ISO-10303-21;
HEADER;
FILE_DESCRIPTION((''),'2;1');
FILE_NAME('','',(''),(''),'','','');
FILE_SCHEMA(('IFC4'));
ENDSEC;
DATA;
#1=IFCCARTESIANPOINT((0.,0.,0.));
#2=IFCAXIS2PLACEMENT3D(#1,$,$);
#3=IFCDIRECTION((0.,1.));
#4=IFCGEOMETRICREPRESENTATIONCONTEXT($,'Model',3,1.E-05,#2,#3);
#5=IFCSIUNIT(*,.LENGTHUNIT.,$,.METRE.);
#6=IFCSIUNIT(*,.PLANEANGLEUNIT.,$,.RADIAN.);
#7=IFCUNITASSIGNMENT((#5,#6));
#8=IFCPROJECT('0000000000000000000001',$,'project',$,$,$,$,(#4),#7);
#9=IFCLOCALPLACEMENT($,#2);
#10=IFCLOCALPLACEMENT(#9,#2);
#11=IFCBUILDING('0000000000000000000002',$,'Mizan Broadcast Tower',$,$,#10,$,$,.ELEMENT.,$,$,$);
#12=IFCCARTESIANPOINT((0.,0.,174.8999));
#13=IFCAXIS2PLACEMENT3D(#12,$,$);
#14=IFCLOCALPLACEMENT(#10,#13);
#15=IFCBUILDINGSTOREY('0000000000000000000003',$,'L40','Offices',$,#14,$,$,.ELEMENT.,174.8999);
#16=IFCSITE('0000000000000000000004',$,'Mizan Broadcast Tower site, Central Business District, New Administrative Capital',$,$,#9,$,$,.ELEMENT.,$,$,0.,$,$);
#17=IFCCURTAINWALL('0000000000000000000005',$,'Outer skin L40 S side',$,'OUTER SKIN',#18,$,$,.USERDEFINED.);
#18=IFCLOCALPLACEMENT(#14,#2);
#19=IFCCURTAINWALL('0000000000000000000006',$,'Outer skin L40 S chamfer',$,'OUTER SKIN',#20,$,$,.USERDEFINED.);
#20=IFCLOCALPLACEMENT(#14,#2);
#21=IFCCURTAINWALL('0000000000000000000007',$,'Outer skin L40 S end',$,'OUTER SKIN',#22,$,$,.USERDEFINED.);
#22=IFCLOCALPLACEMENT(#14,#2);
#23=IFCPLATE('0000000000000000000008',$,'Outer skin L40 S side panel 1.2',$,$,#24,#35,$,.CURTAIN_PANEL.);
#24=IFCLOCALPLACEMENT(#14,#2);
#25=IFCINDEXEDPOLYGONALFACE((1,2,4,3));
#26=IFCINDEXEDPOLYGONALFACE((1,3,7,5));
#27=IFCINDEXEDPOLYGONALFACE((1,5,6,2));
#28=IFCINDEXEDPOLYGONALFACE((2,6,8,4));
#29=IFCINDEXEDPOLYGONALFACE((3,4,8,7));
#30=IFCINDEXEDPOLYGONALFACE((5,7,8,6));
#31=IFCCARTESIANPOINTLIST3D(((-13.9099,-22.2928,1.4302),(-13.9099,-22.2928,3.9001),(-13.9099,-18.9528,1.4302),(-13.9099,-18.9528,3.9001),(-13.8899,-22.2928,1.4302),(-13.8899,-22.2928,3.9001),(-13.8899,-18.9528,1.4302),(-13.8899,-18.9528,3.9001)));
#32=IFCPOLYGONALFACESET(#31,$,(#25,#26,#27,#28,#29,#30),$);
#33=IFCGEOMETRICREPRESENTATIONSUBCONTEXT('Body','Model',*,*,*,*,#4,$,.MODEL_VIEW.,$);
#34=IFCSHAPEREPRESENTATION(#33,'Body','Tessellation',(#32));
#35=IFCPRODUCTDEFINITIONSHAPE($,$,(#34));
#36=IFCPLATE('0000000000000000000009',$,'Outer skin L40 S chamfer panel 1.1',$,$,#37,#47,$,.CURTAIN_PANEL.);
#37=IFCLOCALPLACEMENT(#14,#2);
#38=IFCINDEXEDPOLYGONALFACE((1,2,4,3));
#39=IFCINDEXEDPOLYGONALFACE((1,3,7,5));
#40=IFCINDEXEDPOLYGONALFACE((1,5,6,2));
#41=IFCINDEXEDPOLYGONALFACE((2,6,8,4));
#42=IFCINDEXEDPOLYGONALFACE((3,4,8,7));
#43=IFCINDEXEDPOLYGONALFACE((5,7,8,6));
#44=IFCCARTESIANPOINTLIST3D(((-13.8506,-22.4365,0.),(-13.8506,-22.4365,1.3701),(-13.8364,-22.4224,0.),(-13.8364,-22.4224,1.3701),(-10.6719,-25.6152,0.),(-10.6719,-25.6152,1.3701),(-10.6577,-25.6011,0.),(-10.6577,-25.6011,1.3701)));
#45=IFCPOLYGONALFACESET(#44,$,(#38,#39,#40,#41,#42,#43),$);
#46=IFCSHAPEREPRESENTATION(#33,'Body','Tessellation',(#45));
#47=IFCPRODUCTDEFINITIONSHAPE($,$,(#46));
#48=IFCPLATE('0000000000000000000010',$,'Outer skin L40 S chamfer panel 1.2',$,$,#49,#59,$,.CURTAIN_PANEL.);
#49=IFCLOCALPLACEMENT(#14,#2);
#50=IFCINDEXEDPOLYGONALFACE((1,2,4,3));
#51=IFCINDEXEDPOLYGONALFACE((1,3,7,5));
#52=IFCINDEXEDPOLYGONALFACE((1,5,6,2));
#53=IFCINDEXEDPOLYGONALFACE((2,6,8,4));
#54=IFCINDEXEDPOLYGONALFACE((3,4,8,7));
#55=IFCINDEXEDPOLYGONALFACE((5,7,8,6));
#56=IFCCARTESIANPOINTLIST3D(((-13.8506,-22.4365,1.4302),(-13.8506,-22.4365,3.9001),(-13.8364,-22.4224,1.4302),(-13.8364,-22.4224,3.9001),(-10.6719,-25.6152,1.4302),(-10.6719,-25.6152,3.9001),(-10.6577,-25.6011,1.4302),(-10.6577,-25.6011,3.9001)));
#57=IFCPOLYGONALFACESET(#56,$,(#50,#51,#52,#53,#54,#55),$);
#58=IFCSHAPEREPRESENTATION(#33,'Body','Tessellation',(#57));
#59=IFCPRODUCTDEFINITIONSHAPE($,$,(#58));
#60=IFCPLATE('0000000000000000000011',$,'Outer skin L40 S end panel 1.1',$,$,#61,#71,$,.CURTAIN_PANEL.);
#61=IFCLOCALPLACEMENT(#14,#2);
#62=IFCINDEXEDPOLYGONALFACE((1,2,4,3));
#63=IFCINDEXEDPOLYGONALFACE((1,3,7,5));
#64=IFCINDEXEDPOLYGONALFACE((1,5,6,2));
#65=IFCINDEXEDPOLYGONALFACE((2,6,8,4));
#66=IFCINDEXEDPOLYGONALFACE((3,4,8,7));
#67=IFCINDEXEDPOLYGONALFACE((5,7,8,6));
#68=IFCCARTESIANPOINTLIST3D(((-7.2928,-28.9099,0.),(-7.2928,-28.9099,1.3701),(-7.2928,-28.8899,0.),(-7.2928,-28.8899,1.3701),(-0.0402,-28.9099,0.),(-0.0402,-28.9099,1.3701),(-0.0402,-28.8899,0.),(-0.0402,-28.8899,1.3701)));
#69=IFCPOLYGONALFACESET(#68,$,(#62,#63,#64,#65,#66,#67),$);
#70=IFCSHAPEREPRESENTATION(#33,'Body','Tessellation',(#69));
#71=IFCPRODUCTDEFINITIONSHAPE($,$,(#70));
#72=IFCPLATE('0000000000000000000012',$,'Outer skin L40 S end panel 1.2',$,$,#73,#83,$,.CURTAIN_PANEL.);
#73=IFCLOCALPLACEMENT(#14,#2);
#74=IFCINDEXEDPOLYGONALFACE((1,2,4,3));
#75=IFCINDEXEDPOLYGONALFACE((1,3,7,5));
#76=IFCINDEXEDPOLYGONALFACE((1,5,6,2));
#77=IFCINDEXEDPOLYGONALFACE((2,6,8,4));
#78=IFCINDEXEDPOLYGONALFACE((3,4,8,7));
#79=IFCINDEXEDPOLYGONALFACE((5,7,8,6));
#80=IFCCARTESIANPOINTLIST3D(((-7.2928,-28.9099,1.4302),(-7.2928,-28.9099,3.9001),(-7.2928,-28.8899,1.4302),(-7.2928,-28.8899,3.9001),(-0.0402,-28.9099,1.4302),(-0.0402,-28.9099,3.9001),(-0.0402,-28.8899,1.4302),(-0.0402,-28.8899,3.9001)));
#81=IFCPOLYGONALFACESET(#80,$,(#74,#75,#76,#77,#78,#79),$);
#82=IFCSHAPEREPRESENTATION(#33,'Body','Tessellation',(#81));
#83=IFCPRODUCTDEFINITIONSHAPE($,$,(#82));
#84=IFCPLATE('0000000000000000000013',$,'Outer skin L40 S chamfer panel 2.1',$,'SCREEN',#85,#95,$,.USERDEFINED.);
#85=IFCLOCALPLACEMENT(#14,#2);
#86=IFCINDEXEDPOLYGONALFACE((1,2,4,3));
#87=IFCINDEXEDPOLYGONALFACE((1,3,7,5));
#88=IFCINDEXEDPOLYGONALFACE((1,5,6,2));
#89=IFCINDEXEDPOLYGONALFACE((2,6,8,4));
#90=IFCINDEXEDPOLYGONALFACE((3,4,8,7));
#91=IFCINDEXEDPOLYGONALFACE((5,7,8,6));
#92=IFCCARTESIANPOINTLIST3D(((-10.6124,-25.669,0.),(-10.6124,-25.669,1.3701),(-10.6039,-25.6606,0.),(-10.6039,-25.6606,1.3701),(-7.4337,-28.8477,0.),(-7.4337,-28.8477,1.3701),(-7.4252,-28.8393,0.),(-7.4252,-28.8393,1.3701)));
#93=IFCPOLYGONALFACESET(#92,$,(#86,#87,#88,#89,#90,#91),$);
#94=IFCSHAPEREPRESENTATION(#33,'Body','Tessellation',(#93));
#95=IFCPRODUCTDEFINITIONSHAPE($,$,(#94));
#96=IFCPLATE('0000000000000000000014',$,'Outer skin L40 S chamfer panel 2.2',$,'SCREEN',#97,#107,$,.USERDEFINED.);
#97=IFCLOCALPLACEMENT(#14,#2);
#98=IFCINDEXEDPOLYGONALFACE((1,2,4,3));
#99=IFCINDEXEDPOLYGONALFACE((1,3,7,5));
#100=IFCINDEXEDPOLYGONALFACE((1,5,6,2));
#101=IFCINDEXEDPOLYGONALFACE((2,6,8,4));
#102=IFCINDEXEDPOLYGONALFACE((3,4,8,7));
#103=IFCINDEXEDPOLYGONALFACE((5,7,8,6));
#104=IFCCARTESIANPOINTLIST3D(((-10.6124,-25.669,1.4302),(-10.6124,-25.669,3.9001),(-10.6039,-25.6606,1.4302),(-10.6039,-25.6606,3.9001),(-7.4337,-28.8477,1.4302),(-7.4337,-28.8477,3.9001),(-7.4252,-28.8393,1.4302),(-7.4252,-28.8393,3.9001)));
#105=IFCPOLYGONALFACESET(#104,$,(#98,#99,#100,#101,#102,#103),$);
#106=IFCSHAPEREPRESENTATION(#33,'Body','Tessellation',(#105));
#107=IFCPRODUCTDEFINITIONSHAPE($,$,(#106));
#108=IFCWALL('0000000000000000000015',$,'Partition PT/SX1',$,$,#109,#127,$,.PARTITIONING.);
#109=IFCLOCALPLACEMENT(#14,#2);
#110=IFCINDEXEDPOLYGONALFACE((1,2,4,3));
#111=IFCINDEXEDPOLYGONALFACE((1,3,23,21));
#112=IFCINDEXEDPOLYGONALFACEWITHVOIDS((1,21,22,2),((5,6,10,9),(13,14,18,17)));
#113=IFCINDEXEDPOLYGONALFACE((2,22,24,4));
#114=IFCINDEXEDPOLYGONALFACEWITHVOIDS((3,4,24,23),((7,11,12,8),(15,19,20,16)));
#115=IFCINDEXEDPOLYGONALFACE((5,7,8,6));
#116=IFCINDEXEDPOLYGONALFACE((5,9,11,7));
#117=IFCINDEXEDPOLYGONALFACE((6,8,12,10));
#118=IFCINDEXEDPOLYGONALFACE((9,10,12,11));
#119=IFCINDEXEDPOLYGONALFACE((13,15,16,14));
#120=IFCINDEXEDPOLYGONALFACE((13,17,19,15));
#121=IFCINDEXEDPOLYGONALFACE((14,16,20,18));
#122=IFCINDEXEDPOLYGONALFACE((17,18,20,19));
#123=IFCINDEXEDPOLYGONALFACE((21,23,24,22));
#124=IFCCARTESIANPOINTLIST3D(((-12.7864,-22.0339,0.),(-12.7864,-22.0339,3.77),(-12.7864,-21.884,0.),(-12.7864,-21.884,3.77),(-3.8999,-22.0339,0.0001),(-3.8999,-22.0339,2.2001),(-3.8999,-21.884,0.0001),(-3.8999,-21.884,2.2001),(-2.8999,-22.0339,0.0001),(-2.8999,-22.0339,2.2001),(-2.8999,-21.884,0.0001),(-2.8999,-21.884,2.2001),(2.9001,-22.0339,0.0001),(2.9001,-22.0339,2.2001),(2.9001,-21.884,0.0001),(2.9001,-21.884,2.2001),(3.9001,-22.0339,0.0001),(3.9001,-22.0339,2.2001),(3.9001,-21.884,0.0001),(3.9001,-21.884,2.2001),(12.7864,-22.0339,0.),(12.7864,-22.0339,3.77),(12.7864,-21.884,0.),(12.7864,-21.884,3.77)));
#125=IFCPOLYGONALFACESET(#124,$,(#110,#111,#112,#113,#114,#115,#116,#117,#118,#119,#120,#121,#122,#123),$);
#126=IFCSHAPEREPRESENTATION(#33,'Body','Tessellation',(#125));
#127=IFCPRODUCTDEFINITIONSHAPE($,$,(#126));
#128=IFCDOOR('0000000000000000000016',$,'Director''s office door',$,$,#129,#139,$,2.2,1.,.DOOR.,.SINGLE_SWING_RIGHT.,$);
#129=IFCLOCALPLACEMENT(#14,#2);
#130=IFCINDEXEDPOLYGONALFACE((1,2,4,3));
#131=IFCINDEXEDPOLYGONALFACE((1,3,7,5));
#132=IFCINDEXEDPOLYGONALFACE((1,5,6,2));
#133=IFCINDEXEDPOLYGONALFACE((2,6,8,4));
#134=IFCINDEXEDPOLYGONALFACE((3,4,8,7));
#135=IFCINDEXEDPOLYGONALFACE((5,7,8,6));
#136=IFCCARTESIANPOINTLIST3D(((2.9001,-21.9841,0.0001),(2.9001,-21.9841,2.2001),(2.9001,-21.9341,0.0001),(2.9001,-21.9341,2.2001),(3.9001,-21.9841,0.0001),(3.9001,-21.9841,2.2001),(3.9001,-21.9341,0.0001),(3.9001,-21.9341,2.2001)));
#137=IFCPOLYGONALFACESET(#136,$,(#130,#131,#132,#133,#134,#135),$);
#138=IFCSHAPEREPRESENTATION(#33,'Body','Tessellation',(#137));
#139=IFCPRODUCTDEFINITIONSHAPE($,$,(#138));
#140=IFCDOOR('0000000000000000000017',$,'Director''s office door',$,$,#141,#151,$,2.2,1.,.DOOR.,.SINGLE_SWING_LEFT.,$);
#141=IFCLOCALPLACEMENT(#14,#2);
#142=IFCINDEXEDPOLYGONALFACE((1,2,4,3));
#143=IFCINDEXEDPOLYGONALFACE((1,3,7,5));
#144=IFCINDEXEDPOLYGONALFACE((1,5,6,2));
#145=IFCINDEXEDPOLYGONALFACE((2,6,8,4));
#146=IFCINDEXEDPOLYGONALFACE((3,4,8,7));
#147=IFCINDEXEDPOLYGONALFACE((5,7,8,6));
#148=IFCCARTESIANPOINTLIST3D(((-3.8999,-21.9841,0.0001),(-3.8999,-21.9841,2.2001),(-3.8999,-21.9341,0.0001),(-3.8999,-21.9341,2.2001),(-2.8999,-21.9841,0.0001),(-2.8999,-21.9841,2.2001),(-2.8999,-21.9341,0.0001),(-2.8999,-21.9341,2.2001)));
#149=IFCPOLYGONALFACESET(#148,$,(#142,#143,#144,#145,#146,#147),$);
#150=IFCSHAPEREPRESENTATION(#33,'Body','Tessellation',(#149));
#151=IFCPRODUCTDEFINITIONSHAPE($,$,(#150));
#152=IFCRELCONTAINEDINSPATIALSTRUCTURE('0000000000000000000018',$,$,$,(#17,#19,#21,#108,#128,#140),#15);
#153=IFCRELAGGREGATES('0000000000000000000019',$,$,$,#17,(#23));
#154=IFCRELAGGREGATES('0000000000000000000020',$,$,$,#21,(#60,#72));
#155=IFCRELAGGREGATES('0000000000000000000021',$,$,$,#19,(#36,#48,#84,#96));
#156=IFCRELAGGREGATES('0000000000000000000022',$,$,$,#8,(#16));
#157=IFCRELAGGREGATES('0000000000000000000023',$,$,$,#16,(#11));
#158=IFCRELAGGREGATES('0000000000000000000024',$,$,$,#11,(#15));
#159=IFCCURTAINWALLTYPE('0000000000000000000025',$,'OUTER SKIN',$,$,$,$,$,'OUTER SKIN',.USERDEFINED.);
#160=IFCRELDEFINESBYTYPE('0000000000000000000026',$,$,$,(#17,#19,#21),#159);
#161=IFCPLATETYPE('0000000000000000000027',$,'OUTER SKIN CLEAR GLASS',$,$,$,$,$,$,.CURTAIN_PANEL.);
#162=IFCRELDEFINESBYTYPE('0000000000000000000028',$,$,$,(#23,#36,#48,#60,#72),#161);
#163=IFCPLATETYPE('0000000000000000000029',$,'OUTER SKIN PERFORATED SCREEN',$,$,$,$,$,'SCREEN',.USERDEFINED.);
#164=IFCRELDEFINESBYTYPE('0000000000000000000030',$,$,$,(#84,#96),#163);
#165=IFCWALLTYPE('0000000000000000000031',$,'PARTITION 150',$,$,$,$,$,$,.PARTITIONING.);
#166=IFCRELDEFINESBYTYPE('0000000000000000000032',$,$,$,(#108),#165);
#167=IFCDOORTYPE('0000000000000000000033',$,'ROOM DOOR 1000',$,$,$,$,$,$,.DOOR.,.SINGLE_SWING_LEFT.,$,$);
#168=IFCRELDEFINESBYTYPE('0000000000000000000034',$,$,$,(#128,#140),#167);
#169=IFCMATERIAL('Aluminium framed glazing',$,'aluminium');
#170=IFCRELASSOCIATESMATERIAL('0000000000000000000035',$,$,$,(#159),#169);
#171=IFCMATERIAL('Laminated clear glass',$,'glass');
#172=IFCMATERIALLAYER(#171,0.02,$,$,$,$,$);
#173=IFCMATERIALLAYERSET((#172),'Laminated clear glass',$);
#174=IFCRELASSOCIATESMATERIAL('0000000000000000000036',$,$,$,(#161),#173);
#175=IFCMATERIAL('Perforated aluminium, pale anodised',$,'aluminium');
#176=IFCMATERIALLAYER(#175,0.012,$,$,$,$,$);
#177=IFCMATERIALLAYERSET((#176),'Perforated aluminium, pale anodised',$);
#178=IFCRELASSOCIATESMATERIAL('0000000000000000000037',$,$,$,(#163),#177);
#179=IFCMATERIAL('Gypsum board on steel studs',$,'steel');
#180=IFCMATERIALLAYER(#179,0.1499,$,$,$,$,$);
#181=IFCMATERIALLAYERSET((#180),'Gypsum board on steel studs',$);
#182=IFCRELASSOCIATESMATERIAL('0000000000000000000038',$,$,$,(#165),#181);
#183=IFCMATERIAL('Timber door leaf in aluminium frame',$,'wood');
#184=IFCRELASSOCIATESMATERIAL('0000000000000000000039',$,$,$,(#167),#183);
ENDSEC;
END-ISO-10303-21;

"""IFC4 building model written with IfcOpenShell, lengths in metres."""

from ifc_helpers import new_model, si_unit, direction, frame, frame_2d, origin, origin_2d, place, context, subcontext, project, spatial, rectangle, extrude, material, layer, layer_set, type_object, element, fill, aggregate, save


model = new_model("IFC4")

# Units and contexts
model_context = context("Model", 3, precision=1e-05, world=origin(), true_north=direction((0.0, 1.0)))
body_context = subcontext(model_context, "Body", "Model", "MODEL_VIEW")
ifc_project = project(units=[si_unit("LENGTHUNIT", "METRE"), si_unit("PLANEANGLEUNIT", "RADIAN")], contexts=[model_context])

# Site, building, storey
site_placement = place(None, origin())
site = spatial("IfcSite", under=ifc_project, at=site_placement, Name="Mizan Broadcast Tower site, Central Business District, New Administrative Capital", CompositionType="ELEMENT", RefElevation=0.0)
building_placement = place(site_placement, origin())
building = spatial("IfcBuilding", under=site, at=building_placement, Name="Mizan Broadcast Tower", CompositionType="ELEMENT")
storey_placement = place(building_placement, frame((0.0, 0.0, 174.8999)))
storey = spatial("IfcBuildingStorey", under=building, at=storey_placement, Name="L40", Description="Offices", CompositionType="ELEMENT", Elevation=174.8999)

# Curtain wall
ifc_material_1 = material(Name="Aluminium framed glazing", Category="aluminium")
curtain_wall_type_1 = type_object("IfcCurtainWallType", Name="OUTER SKIN", ElementType="OUTER SKIN", PredefinedType="USERDEFINED", material=ifc_material_1)
curtain_wall_1_placement = place(storey_placement, origin())
curtain_wall_1 = element("IfcCurtainWall", 1, at=curtain_wall_1_placement, inside=storey, type_object=curtain_wall_type_1, Name="Outer skin L40 S side", ObjectType="OUTER SKIN", PredefinedType="USERDEFINED")

# Curtain wall
curtain_wall_2_placement = place(storey_placement, origin())
curtain_wall_2 = element("IfcCurtainWall", 2, at=curtain_wall_2_placement, inside=storey, type_object=curtain_wall_type_1, Name="Outer skin L40 S chamfer", ObjectType="OUTER SKIN", PredefinedType="USERDEFINED")

# Curtain wall
curtain_wall_3_placement = place(storey_placement, origin())
curtain_wall_3 = element("IfcCurtainWall", 3, at=curtain_wall_3_placement, inside=storey, type_object=curtain_wall_type_1, Name="Outer skin L40 S end", ObjectType="OUTER SKIN", PredefinedType="USERDEFINED")

# Plates
ifc_material_2 = material(Name="Laminated clear glass", Category="glass")
ifc_layer_1 = layer(ifc_material_2, 0.02)
ifc_layer_set_1 = layer_set([ifc_layer_1], Name="Laminated clear glass")
plate_type_1 = type_object("IfcPlateType", Name="OUTER SKIN CLEAR GLASS", PredefinedType="CURTAIN_PANEL", material=ifc_layer_set_1)
plate_1_placement = place(storey_placement, frame((-13.8999, -20.6228, 1.4302), z_axis=(0.0, 0.0, 1.0), x_axis=(0.0, -1.0, 0.0)))
plate_1 = element("IfcPlate", 4, at=plate_1_placement, type_object=plate_type_1, Name="Outer skin L40 S side panel 1.2", PredefinedType="CURTAIN_PANEL", context=body_context, shape_type="SweptSolid", body=[
    extrude(rectangle(XDim=3.3401, YDim=0.02, at=origin_2d()), origin(), (0.0, 0.0, 1.0), 2.47),
])
aggregate(curtain_wall_1, [plate_1])
plate_2_placement = place(storey_placement, frame((-12.2542, -24.0188, 0.0), z_axis=(0.0, 0.0, 1.0), x_axis=(0.707107, -0.707107, 0.0)))
plate_2 = element("IfcPlate", 5, at=plate_2_placement, type_object=plate_type_1, Name="Outer skin L40 S chamfer panel 1.1", PredefinedType="CURTAIN_PANEL", context=body_context, shape_type="SweptSolid", body=[
    extrude(rectangle(XDim=4.4954, YDim=0.02, at=origin_2d()), origin(), (0.0, 0.0, 1.0), 1.3701),
])
plate_3_placement = place(storey_placement, frame((-12.2542, -24.0188, 1.4302), z_axis=(0.0, 0.0, 1.0), x_axis=(0.707107, -0.707107, 0.0)))
plate_3 = element("IfcPlate", 6, at=plate_3_placement, type_object=plate_type_1, Name="Outer skin L40 S chamfer panel 1.2", PredefinedType="CURTAIN_PANEL", context=body_context, shape_type="SweptSolid", body=[
    extrude(rectangle(XDim=4.4954, YDim=0.02, at=origin_2d()), origin(), (0.0, 0.0, 1.0), 2.47),
])
plate_4_placement = place(storey_placement, frame((-3.6665, -28.8999, 0.0), z_axis=(0.0, 0.0, 1.0), x_axis=(1.0, 0.0, 0.0)))
plate_4 = element("IfcPlate", 7, at=plate_4_placement, type_object=plate_type_1, Name="Outer skin L40 S end panel 1.1", PredefinedType="CURTAIN_PANEL", context=body_context, shape_type="SweptSolid", body=[
    extrude(rectangle(XDim=7.2527, YDim=0.02, at=origin_2d()), origin(), (0.0, 0.0, 1.0), 1.3701),
])
plate_5_placement = place(storey_placement, frame((-3.6665, -28.8999, 1.4302), z_axis=(0.0, 0.0, 1.0), x_axis=(1.0, 0.0, 0.0)))
plate_5 = element("IfcPlate", 8, at=plate_5_placement, type_object=plate_type_1, Name="Outer skin L40 S end panel 1.2", PredefinedType="CURTAIN_PANEL", context=body_context, shape_type="SweptSolid", body=[
    extrude(rectangle(XDim=7.2527, YDim=0.02, at=origin_2d()), origin(), (0.0, 0.0, 1.0), 2.47),
])
aggregate(curtain_wall_3, [plate_4, plate_5])
ifc_material_3 = material(Name="Perforated aluminium, pale anodised", Category="aluminium")
ifc_layer_2 = layer(ifc_material_3, 0.012)
ifc_layer_set_2 = layer_set([ifc_layer_2], Name="Perforated aluminium, pale anodised")
plate_type_2 = type_object("IfcPlateType", Name="OUTER SKIN PERFORATED SCREEN", ElementType="SCREEN", PredefinedType="USERDEFINED", material=ifc_layer_set_2)
plate_6_placement = place(storey_placement, frame((-9.0188, -27.2542, 0.0), z_axis=(0.0, 0.0, 1.0), x_axis=(0.707107, -0.707107, 0.0)))
plate_6 = element("IfcPlate", 9, at=plate_6_placement, type_object=plate_type_2, Name="Outer skin L40 S chamfer panel 2.1", ObjectType="SCREEN", PredefinedType="USERDEFINED", context=body_context, shape_type="SweptSolid", body=[
    extrude(rectangle(XDim=4.4954, YDim=0.012, at=origin_2d()), origin(), (0.0, 0.0, 1.0), 1.3701),
])
plate_7_placement = place(storey_placement, frame((-9.0188, -27.2542, 1.4302), z_axis=(0.0, 0.0, 1.0), x_axis=(0.707107, -0.707107, 0.0)))
plate_7 = element("IfcPlate", 10, at=plate_7_placement, type_object=plate_type_2, Name="Outer skin L40 S chamfer panel 2.2", ObjectType="SCREEN", PredefinedType="USERDEFINED", context=body_context, shape_type="SweptSolid", body=[
    extrude(rectangle(XDim=4.4954, YDim=0.012, at=origin_2d()), origin(), (0.0, 0.0, 1.0), 2.47),
])
aggregate(curtain_wall_2, [plate_2, plate_3, plate_6, plate_7])

# Wall, openings, doors
ifc_material_4 = material(Name="Gypsum board on steel studs", Category="steel")
ifc_layer_3 = layer(ifc_material_4, 0.1499)
ifc_layer_set_3 = layer_set([ifc_layer_3], Name="Gypsum board on steel studs")
wall_type = type_object("IfcWallType", Name="PARTITION 150", PredefinedType="PARTITIONING", material=ifc_layer_set_3)
wall_placement = place(storey_placement, frame((-12.7864, -21.959, 0.0), z_axis=(0.0, 0.0, 1.0), x_axis=(1.0, 0.0, 0.0)))
wall = element("IfcWall", 11, at=wall_placement, inside=storey, type_object=wall_type, Name="Partition PT/SX1", PredefinedType="PARTITIONING", context=body_context, shape_type="SweptSolid", body=[
    extrude(rectangle(XDim=25.5728, YDim=0.1499, at=frame_2d((12.7864, 0.0))), origin(), (0.0, 0.0, 1.0), 3.77),
])
opening_1_placement = place(wall_placement, frame((15.6865, 0.0, 0.0)))
opening_1 = element("IfcOpeningElement", 12, at=opening_1_placement, cuts=wall, PredefinedType="OPENING", context=body_context, shape_type="SweptSolid", body=[
    extrude(rectangle(XDim=1.0, YDim=2.2, at=frame_2d((0.5, 1.1001))), frame((0.0, 0.085, 0.0), z_axis=(0.0, -1.0, 0.0), x_axis=(1.0, 0.0, 0.0)), (0.0, 0.0, 1.0), 0.1699),
])
opening_2_placement = place(wall_placement, frame((8.8865, 0.0, 0.0)))
opening_2 = element("IfcOpeningElement", 13, at=opening_2_placement, cuts=wall, PredefinedType="OPENING", context=body_context, shape_type="SweptSolid", body=[
    extrude(rectangle(XDim=1.0, YDim=2.2, at=frame_2d((0.5, 1.1001))), frame((0.0, 0.085, 0.0), z_axis=(0.0, -1.0, 0.0), x_axis=(1.0, 0.0, 0.0)), (0.0, 0.0, 1.0), 0.1699),
])
ifc_material_5 = material(Name="Timber door leaf in aluminium frame", Category="wood")
door_type = type_object("IfcDoorType", Name="ROOM DOOR 1000", OperationType="SINGLE_SWING_LEFT", PredefinedType="DOOR", material=ifc_material_5)
door_1_placement = place(opening_1_placement, origin())
door_1 = element("IfcDoor", 14, at=door_1_placement, inside=storey, type_object=door_type, Name="Director's office door", OperationType="SINGLE_SWING_RIGHT", OverallHeight=2.2, OverallWidth=1.0, PredefinedType="DOOR", context=body_context, shape_type="SweptSolid", body=[
    extrude(rectangle(XDim=1.0, YDim=2.2, at=frame_2d((0.5, 1.1001))), frame((0.0, 0.0249, 0.0), z_axis=(0.0, -1.0, 0.0), x_axis=(1.0, 0.0, 0.0)), (0.0, 0.0, 1.0), 0.05),
])
fill(opening_1, door_1)
door_2_placement = place(opening_2_placement, origin())
door_2 = element("IfcDoor", 15, at=door_2_placement, inside=storey, type_object=door_type, Name="Director's office door", OperationType="SINGLE_SWING_LEFT", OverallHeight=2.2, OverallWidth=1.0, PredefinedType="DOOR", context=body_context, shape_type="SweptSolid", body=[
    extrude(rectangle(XDim=1.0, YDim=2.2, at=frame_2d((0.5, 1.1001))), frame((0.0, 0.0249, 0.0), z_axis=(0.0, -1.0, 0.0), x_axis=(1.0, 0.0, 0.0)), (0.0, 0.0, 1.0), 0.05),
])
fill(opening_2, door_2)

save(model, "model.ifc")
